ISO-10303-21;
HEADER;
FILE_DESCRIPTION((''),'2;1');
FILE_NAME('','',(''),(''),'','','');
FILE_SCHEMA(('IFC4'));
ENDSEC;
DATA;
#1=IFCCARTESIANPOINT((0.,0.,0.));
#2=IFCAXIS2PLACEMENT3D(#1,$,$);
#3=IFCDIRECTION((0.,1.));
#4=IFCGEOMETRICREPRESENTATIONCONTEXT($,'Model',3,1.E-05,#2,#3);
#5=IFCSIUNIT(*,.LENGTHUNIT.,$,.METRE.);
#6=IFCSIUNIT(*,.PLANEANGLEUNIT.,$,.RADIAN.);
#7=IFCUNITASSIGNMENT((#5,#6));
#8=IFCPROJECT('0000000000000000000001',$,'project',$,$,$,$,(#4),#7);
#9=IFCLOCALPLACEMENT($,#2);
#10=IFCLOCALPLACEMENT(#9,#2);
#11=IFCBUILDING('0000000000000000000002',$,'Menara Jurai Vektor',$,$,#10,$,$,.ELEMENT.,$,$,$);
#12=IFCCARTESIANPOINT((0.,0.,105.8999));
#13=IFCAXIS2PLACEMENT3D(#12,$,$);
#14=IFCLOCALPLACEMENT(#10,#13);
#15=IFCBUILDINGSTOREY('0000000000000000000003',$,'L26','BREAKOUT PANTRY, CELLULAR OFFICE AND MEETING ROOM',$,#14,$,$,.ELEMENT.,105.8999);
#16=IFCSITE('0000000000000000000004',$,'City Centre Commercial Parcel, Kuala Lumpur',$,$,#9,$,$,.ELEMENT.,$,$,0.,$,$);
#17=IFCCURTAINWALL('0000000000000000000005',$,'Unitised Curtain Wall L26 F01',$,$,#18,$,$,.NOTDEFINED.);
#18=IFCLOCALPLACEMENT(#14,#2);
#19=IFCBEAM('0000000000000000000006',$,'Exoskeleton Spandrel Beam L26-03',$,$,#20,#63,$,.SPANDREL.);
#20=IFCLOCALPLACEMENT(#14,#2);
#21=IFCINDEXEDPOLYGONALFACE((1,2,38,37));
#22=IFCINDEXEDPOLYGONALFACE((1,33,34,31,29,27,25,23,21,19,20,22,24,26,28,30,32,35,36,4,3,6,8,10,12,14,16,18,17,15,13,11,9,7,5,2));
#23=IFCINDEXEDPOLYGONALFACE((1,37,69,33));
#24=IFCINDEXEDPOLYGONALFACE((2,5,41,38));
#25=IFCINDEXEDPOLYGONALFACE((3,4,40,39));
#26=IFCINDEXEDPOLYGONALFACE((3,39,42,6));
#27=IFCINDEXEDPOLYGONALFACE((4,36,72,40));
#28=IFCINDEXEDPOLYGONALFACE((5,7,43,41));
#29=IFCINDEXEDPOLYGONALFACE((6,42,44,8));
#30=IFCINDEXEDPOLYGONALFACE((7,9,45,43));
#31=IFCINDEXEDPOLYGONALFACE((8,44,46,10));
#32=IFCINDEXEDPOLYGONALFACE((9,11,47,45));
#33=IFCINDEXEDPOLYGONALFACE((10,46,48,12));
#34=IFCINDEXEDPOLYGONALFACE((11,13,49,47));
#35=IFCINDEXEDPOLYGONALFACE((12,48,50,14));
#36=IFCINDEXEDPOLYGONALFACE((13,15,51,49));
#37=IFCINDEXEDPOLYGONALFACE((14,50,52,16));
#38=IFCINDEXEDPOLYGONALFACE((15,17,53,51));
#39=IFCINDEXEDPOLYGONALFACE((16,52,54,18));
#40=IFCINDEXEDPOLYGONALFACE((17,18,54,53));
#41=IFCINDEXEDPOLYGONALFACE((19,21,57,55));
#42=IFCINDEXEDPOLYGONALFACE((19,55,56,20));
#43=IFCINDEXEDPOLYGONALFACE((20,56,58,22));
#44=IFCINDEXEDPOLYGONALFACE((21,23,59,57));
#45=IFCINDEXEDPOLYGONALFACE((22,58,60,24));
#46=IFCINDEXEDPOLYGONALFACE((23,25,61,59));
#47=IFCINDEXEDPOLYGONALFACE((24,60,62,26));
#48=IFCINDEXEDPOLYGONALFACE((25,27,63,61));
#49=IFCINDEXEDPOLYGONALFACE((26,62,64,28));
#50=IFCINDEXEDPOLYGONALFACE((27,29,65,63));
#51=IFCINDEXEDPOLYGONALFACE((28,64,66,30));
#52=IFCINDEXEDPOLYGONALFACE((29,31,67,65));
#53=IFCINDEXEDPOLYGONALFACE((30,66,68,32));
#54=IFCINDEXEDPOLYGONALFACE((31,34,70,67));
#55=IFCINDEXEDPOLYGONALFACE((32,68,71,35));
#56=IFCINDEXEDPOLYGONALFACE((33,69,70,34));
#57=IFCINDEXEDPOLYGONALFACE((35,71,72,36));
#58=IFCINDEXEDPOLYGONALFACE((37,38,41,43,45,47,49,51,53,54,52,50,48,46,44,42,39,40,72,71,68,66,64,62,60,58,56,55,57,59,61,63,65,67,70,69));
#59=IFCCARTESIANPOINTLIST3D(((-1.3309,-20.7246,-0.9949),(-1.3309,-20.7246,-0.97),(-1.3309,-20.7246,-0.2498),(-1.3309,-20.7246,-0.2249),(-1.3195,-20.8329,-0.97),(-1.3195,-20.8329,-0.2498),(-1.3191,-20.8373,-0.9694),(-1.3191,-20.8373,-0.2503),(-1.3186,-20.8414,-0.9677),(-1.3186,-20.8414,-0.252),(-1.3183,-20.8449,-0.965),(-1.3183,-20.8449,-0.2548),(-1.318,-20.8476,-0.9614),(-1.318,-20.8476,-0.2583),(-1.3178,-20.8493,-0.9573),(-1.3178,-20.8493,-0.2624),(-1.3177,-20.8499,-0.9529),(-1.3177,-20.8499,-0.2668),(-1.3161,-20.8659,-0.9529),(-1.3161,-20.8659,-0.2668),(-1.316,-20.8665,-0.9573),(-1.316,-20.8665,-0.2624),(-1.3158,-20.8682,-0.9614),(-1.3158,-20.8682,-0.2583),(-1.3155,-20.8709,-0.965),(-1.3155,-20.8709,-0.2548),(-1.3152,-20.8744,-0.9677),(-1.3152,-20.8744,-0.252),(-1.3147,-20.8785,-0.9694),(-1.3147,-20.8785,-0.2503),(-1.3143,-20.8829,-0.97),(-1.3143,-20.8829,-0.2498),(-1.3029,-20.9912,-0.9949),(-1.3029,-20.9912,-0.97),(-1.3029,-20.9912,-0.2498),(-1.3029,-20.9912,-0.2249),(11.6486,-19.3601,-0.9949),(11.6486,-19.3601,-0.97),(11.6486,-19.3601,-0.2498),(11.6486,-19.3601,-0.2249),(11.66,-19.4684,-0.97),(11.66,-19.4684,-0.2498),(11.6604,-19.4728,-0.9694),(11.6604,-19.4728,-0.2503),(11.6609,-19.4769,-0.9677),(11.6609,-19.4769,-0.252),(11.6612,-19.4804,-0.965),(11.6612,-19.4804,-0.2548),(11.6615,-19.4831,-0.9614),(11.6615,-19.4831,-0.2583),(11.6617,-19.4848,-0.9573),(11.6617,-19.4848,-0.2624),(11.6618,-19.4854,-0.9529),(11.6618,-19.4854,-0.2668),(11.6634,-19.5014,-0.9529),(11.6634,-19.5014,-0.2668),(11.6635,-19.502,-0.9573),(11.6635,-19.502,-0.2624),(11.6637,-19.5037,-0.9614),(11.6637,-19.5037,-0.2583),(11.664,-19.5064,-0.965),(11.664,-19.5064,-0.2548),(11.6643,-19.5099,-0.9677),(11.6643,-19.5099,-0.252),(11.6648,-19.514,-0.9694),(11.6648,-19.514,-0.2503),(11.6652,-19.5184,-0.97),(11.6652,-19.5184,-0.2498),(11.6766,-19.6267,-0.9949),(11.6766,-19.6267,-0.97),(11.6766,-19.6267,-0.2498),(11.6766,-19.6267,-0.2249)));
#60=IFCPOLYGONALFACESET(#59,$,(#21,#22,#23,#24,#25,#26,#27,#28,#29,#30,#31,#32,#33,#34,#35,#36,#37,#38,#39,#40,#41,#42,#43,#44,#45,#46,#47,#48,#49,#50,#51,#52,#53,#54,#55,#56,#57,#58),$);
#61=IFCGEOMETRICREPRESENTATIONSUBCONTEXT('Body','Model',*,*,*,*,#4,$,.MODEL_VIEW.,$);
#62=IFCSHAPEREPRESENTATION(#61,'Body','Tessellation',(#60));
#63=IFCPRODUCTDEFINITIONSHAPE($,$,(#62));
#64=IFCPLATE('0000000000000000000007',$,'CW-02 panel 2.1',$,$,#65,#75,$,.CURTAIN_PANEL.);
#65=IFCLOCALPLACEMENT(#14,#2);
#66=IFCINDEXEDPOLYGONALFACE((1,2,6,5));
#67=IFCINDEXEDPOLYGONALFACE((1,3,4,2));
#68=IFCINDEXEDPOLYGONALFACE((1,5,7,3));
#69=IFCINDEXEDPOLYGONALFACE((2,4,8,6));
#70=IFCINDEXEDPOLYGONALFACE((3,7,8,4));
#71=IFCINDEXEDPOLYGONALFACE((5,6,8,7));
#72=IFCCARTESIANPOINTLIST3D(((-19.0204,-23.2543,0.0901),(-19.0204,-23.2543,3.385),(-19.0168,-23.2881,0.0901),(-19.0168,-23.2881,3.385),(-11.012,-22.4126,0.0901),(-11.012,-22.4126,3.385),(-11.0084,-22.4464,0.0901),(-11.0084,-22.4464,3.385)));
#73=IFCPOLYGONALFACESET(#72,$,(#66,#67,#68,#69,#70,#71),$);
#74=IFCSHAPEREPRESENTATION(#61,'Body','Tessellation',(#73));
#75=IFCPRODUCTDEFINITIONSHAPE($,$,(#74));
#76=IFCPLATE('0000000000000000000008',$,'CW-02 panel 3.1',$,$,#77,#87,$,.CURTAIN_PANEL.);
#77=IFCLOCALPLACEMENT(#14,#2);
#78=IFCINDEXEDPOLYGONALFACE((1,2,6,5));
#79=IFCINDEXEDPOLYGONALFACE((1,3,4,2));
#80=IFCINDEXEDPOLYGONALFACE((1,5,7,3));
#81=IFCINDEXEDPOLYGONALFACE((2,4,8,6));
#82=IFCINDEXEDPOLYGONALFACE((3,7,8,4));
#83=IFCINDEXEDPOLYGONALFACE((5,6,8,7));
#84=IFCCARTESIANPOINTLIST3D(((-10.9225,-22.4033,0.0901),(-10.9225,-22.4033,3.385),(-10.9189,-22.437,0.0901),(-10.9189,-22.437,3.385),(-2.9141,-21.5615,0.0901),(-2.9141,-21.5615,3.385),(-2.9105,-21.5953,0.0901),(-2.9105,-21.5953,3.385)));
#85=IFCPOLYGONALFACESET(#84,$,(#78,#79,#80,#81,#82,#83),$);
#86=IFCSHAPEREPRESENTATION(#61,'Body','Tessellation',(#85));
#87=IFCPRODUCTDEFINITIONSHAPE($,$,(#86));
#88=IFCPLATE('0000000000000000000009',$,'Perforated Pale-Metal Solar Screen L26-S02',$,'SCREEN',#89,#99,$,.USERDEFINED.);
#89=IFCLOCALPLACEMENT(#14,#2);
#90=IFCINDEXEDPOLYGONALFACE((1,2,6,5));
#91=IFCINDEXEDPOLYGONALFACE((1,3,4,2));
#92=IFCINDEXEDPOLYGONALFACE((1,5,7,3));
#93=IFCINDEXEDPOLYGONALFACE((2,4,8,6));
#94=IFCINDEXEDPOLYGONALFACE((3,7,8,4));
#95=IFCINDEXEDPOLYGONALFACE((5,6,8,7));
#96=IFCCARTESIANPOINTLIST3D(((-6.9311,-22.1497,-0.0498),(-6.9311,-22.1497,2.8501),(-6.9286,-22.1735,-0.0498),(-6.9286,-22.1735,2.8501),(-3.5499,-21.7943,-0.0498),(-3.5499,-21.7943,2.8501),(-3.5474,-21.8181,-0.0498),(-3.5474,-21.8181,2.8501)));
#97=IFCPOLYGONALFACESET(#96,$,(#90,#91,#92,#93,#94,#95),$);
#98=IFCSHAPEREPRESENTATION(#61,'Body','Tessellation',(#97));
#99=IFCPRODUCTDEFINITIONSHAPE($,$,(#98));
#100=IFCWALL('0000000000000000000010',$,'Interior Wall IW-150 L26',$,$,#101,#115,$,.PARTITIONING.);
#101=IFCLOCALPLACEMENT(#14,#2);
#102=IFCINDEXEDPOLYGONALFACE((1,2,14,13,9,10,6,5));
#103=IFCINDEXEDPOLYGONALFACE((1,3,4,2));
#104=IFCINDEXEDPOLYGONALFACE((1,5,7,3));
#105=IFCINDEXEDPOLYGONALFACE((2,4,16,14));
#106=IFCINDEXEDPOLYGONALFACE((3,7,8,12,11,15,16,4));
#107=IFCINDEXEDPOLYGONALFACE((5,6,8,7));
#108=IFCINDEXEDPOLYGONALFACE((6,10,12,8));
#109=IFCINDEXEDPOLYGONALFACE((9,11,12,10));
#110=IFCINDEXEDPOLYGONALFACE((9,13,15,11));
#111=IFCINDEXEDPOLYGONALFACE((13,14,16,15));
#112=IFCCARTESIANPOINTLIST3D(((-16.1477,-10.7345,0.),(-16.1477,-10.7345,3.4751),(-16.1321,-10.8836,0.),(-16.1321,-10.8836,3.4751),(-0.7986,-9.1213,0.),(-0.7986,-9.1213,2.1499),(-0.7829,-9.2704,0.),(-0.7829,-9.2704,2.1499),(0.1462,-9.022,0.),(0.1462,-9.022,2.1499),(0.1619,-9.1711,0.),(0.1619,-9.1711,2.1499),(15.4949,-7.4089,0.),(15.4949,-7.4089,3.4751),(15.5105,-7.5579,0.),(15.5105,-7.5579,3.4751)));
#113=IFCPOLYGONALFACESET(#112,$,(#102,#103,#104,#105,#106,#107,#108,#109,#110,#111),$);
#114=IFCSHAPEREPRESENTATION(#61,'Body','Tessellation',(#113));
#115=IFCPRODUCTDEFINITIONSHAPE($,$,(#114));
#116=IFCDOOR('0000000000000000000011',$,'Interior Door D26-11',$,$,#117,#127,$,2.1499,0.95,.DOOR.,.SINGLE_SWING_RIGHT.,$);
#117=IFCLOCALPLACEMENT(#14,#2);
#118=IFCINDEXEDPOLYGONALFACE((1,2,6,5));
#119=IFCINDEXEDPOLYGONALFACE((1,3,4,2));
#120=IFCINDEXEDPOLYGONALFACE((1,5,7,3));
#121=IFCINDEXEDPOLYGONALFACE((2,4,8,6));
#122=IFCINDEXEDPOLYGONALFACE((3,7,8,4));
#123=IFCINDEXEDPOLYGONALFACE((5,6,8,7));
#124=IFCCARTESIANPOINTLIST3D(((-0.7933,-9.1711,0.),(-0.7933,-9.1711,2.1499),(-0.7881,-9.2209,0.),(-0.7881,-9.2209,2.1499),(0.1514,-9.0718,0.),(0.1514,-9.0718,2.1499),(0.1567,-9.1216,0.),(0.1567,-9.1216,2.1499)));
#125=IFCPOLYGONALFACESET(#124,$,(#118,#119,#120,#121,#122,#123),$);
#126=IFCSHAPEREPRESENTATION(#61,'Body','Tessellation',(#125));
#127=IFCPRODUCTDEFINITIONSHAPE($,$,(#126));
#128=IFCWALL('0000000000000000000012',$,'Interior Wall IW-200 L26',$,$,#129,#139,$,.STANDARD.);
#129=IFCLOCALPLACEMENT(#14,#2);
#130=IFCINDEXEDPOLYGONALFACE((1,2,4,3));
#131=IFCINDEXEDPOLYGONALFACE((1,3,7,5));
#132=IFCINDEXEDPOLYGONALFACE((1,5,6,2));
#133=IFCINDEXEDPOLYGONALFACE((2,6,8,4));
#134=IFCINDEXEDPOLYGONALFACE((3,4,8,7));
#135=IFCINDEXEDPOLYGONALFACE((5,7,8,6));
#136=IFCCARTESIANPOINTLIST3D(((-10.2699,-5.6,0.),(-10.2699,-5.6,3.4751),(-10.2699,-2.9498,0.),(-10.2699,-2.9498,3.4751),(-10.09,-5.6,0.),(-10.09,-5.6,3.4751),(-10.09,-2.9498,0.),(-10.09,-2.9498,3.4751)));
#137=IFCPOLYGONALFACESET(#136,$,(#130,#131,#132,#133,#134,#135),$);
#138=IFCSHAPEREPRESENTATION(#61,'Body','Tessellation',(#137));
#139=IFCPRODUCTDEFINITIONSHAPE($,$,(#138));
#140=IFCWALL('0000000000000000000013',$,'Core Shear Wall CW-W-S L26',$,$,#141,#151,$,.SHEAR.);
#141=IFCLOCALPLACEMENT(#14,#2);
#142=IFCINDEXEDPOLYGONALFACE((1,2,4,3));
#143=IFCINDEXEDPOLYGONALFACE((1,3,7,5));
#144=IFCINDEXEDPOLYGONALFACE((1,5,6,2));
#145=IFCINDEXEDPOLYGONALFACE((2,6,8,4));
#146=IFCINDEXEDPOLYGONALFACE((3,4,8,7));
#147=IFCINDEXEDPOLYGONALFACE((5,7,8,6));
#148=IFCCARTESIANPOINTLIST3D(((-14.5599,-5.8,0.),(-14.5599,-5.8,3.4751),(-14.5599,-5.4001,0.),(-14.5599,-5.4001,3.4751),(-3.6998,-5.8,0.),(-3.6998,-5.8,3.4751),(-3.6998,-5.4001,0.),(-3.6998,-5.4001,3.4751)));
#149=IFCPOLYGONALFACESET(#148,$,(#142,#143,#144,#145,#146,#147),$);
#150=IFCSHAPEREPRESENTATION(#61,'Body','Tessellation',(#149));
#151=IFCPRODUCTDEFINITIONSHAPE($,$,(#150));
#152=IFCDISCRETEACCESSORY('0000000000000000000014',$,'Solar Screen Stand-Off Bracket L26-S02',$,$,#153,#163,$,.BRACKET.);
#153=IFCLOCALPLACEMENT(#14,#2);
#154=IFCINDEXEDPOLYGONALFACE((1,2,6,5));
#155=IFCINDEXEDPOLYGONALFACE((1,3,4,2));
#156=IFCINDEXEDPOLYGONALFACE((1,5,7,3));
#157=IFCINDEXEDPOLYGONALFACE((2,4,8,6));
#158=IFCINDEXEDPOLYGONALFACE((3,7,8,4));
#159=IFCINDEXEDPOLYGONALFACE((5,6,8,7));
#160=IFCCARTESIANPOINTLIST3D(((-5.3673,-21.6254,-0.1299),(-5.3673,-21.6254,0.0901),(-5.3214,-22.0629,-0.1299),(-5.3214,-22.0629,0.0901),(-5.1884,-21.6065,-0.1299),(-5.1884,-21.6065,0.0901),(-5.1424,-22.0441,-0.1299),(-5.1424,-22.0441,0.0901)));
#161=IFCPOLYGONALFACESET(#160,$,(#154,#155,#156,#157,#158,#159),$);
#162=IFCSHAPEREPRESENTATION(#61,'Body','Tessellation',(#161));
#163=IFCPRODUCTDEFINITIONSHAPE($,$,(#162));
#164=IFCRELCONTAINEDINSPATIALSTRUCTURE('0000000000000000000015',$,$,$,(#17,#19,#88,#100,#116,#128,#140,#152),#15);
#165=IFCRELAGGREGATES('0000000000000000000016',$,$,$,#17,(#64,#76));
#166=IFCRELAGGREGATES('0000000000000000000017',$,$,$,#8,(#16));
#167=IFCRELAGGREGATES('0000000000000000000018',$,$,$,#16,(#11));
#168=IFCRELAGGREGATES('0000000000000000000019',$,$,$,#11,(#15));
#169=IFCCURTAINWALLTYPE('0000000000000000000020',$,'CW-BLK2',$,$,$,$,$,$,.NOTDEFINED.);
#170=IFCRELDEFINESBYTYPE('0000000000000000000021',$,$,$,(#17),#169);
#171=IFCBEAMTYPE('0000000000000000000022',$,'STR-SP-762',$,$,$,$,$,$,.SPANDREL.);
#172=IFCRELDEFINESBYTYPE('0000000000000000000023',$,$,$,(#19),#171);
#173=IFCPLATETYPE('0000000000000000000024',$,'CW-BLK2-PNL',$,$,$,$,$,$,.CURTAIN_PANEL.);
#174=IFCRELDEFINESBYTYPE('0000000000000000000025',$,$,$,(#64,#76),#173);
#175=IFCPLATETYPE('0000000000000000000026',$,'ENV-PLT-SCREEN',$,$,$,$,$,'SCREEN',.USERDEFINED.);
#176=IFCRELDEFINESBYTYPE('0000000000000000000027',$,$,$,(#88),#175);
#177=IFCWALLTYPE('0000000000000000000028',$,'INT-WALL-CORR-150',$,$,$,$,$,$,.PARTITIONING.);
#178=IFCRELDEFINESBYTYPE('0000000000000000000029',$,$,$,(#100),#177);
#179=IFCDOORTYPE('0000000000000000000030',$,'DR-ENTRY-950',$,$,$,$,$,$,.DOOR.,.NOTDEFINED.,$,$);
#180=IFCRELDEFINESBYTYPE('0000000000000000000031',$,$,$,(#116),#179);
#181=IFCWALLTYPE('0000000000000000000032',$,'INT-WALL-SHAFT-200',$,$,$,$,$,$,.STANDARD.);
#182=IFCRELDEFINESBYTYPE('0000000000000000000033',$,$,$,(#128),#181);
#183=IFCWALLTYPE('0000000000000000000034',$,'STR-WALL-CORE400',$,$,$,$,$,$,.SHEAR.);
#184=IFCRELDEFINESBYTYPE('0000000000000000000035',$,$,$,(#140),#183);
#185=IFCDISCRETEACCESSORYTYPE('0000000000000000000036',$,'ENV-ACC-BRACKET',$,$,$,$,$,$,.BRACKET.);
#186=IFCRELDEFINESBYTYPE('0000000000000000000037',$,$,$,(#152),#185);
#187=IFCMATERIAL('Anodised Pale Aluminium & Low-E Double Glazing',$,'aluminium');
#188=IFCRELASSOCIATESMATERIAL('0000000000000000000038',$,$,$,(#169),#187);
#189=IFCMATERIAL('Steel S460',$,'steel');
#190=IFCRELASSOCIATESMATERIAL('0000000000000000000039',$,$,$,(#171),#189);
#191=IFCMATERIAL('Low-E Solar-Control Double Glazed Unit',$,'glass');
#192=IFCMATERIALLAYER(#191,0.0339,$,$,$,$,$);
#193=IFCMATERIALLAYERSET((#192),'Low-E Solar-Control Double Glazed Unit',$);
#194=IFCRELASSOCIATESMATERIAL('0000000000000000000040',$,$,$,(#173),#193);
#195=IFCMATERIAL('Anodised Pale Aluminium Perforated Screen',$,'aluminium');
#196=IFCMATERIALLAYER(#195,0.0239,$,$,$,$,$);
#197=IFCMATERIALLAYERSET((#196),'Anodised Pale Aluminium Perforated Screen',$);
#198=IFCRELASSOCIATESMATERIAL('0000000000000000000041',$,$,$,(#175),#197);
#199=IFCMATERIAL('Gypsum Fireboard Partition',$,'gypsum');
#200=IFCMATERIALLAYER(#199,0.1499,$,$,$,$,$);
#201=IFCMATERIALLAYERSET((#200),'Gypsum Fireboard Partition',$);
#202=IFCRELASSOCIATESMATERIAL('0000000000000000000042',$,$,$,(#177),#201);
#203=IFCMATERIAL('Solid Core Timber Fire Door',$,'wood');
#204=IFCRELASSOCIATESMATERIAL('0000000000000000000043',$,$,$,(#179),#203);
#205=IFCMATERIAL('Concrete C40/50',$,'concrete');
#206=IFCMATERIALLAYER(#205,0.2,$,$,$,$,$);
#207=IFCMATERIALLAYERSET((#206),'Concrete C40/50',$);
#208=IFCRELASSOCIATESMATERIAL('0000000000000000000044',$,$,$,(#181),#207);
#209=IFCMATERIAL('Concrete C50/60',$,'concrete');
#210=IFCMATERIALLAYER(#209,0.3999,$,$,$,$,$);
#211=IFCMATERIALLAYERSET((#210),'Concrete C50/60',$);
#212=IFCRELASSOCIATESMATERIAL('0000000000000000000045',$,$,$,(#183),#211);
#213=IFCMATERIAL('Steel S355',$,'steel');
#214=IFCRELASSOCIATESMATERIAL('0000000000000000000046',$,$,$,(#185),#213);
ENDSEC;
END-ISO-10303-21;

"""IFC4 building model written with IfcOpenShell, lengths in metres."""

from ifc_helpers import new_model, si_unit, direction, frame, frame_2d, origin, origin_2d, place, context, subcontext, project, spatial, rectangle, i_section, extrude, material, layer, layer_set, material_profile, profile_set, type_object, element, fill, aggregate, save


model = new_model("IFC4")

# Units and contexts
model_context = context("Model", 3, precision=1e-05, world=origin(), true_north=direction((0.0, 1.0)))
body_context = subcontext(model_context, "Body", "Model", "MODEL_VIEW")
ifc_project = project(units=[si_unit("LENGTHUNIT", "METRE"), si_unit("PLANEANGLEUNIT", "RADIAN")], contexts=[model_context])

# Site, building, storey
site_placement = place(None, origin())
site = spatial("IfcSite", under=ifc_project, at=site_placement, Name="City Centre Commercial Parcel, Kuala Lumpur", CompositionType="ELEMENT", RefElevation=0.0)
building_placement = place(site_placement, origin())
building = spatial("IfcBuilding", under=site, at=building_placement, Name="Menara Jurai Vektor", CompositionType="ELEMENT")
storey_placement = place(building_placement, frame((0.0, 0.0, 105.8999)))
storey = spatial("IfcBuildingStorey", under=building, at=storey_placement, Name="L26", Description="BREAKOUT PANTRY, CELLULAR OFFICE AND MEETING ROOM", CompositionType="ELEMENT", Elevation=105.8999)

# Shared definitions
ifc_material_1 = material(Name="Concrete C50/60", Category="concrete")
ifc_material_2 = material(Name="Steel S460", Category="steel")

# Curtain wall
ifc_material_3 = material(Name="Anodised Pale Aluminium & Low-E Double Glazing", Category="aluminium")
curtain_wall_type = type_object("IfcCurtainWallType", Name="CW-BLK2", PredefinedType="NOTDEFINED", material=ifc_material_3)
curtain_wall_placement = place(storey_placement, origin())
curtain_wall = element("IfcCurtainWall", 1, at=curtain_wall_placement, inside=storey, type_object=curtain_wall_type, Name="Unitised Curtain Wall L26 F01", PredefinedType="NOTDEFINED")

# Beam
ifc_material_4 = material(Name="Steel S355", Category="steel")
ifc_material_profile_1 = material_profile(ifc_material_2, i_section(OverallWidth=0.2681, OverallDepth=0.77, WebThickness=0.0161, FlangeThickness=0.0249, FilletRadius=0.0171, at=origin_2d()), Name="UKB 762x267x197")
ifc_profile_set_1 = profile_set([ifc_material_profile_1], Name="Steel S460")
beam_type_1 = type_object("IfcBeamType", Name="STR-SP-762", PredefinedType="SPANDREL", material=ifc_profile_set_1)
beam_1_placement = place(storey_placement, frame((-1.3169, -20.8579, -0.6099), z_axis=(0.994519, 0.104551, 0.0), x_axis=(-0.104551, 0.994519, 0.0)))
element("IfcBeam", 2, at=beam_1_placement, inside=storey, type_object=beam_type_1, Name="Exoskeleton Spandrel Beam L26-03", PredefinedType="SPANDREL", context=body_context, shape_type="SweptSolid", body=[
    extrude(i_section(OverallWidth=0.2681, OverallDepth=0.77, WebThickness=0.0161, FlangeThickness=0.0249, FilletRadius=0.0171, at=origin_2d()), origin(), (0.0, 0.0, 1.0), 13.051),
])

# Plates
ifc_material_5 = material(Name="Low-E Solar-Control Double Glazed Unit", Category="glass")
ifc_layer_1 = layer(ifc_material_5, 0.0339)
ifc_layer_set_1 = layer_set([ifc_layer_1], Name="Low-E Solar-Control Double Glazed Unit")
plate_type_1 = type_object("IfcPlateType", Name="CW-BLK2-PNL", PredefinedType="CURTAIN_PANEL", material=ifc_layer_set_1)
plate_1_placement = place(storey_placement, frame((-15.0144, -22.8503, 0.0901), z_axis=(0.0, 0.0, 1.0), x_axis=(0.994522, 0.104529, 0.0)))
plate_1 = element("IfcPlate", 3, at=plate_1_placement, type_object=plate_type_1, Name="CW-02 panel 2.1", PredefinedType="CURTAIN_PANEL", context=body_context, shape_type="SweptSolid", body=[
    extrude(rectangle(XDim=8.0525, YDim=0.0339, at=origin_2d()), origin(), (0.0, 0.0, 1.0), 3.2949),
])
plate_2_placement = place(storey_placement, frame((-6.9165, -21.9993, 0.0901), z_axis=(0.0, 0.0, 1.0), x_axis=(0.994522, 0.104529, 0.0)))
plate_2 = element("IfcPlate", 4, at=plate_2_placement, type_object=plate_type_1, Name="CW-02 panel 3.1", PredefinedType="CURTAIN_PANEL", context=body_context, shape_type="SweptSolid", body=[
    extrude(rectangle(XDim=8.0525, YDim=0.0339, at=origin_2d()), origin(), (0.0, 0.0, 1.0), 3.2949),
])
aggregate(curtain_wall, [plate_1, plate_2])
ifc_material_6 = material(Name="Anodised Pale Aluminium Perforated Screen", Category="aluminium")
ifc_layer_2 = layer(ifc_material_6, 0.0239)
ifc_layer_set_2 = layer_set([ifc_layer_2], Name="Anodised Pale Aluminium Perforated Screen")
plate_type_2 = type_object("IfcPlateType", Name="ENV-PLT-SCREEN", ElementType="SCREEN", PredefinedType="USERDEFINED", material=ifc_layer_set_2)
plate_3_placement = place(storey_placement, frame((-5.2393, -21.9839, -0.0498), z_axis=(0.0, 0.0, 1.0), x_axis=(0.994522, 0.104528, 0.0)))
element("IfcPlate", 5, at=plate_3_placement, inside=storey, type_object=plate_type_2, Name="Perforated Pale-Metal Solar Screen L26-S02", ObjectType="SCREEN", PredefinedType="USERDEFINED", context=body_context, shape_type="SweptSolid", body=[
    extrude(rectangle(XDim=3.3999, YDim=0.0239, at=origin_2d()), origin(), (0.0, 0.0, 1.0), 2.8999),
])

# Wall, opening, door
ifc_material_7 = material(Name="Gypsum Fireboard Partition", Category="gypsum")
ifc_layer_3 = layer(ifc_material_7, 0.1499)
ifc_layer_set_3 = layer_set([ifc_layer_3], Name="Gypsum Fireboard Partition")
wall_type_1 = type_object("IfcWallType", Name="INT-WALL-CORR-150", PredefinedType="PARTITIONING", material=ifc_layer_set_3)
wall_1_placement = place(storey_placement, frame((-16.1399, -10.8091, 0.0), z_axis=(0.0, 0.0, 1.0), x_axis=(0.994522, 0.104526, 0.0)))
wall_1 = element("IfcWall", 6, at=wall_1_placement, inside=storey, type_object=wall_type_1, Name="Interior Wall IW-150 L26", PredefinedType="PARTITIONING", context=body_context, shape_type="SweptSolid", body=[
    extrude(rectangle(XDim=31.8169, YDim=0.1499, at=frame_2d((15.9084, 0.0))), origin(), (0.0, 0.0, 1.0), 3.4751),
])
opening_placement = place(wall_1_placement, frame((15.4336, 0.0, 0.0)))
opening = element("IfcOpeningElement", 7, at=opening_placement, cuts=wall_1, PredefinedType="OPENING", context=body_context, shape_type="SweptSolid", body=[
    extrude(rectangle(XDim=0.95, YDim=2.1499, at=frame_2d((0.4751, 1.075))), frame((0.0, 0.085, 0.0), z_axis=(0.0, -1.0, 0.0), x_axis=(1.0, 0.0, 0.0)), (0.0, 0.0, 1.0), 0.1699),
])
ifc_material_8 = material(Name="Solid Core Timber Fire Door", Category="wood")
door_type = type_object("IfcDoorType", Name="DR-ENTRY-950", OperationType="NOTDEFINED", PredefinedType="DOOR", material=ifc_material_8)
door_placement = place(opening_placement, origin())
door = element("IfcDoor", 8, at=door_placement, inside=storey, type_object=door_type, Name="Interior Door D26-11", OperationType="SINGLE_SWING_RIGHT", OverallHeight=2.1499, OverallWidth=0.95, PredefinedType="DOOR", context=body_context, shape_type="SweptSolid", body=[
    extrude(rectangle(XDim=0.95, YDim=2.1499, at=frame_2d((0.4751, 1.075))), frame((0.0, 0.0249, 0.0), z_axis=(0.0, -1.0, 0.0), x_axis=(1.0, 0.0, 0.0)), (0.0, 0.0, 1.0), 0.05),
])
fill(opening, door)

# Walls
ifc_material_9 = material(Name="Concrete C40/50", Category="concrete")
ifc_layer_4 = layer(ifc_material_9, 0.2)
ifc_layer_set_4 = layer_set([ifc_layer_4], Name="Concrete C40/50")
wall_type_2 = type_object("IfcWallType", Name="INT-WALL-SHAFT-200", PredefinedType="STANDARD", material=ifc_layer_set_4)
wall_2_placement = place(storey_placement, frame((-10.1799, -5.6001, 0.0), z_axis=(0.0, 0.0, 1.0), x_axis=(0.0, 1.0, 0.0)))
element("IfcWall", 9, at=wall_2_placement, inside=storey, type_object=wall_type_2, Name="Interior Wall IW-200 L26", PredefinedType="STANDARD", context=body_context, shape_type="SweptSolid", body=[
    extrude(rectangle(XDim=2.6501, YDim=0.1799, at=frame_2d((1.3252, 0.0))), origin(), (0.0, 0.0, 1.0), 3.4751),
])
ifc_layer_5 = layer(ifc_material_1, 0.3999)
ifc_layer_set_5 = layer_set([ifc_layer_5], Name="Concrete C50/60")
wall_type_3 = type_object("IfcWallType", Name="STR-WALL-CORE400", PredefinedType="SHEAR", material=ifc_layer_set_5)
wall_3_placement = place(storey_placement, frame((-14.5601, -5.6001, 0.0), z_axis=(0.0, 0.0, 1.0), x_axis=(1.0, 0.0, 0.0)))
element("IfcWall", 10, at=wall_3_placement, inside=storey, type_object=wall_type_3, Name="Core Shear Wall CW-W-S L26", PredefinedType="SHEAR", context=body_context, shape_type="SweptSolid", body=[
    extrude(rectangle(XDim=10.8601, YDim=0.3999, at=frame_2d((5.4302, 0.0))), origin(), (0.0, 0.0, 1.0), 3.4751),
])

# Discrete accessory
discrete_accessory_type = type_object("IfcDiscreteAccessoryType", Name="ENV-ACC-BRACKET", PredefinedType="BRACKET", material=ifc_material_4)
discrete_accessory_placement = place(storey_placement, frame((-5.2549, -21.8347, -0.1299), z_axis=(0.0, 0.0, 1.0), x_axis=(0.994522, 0.104528, 0.0)))
element("IfcDiscreteAccessory", 11, at=discrete_accessory_placement, inside=storey, type_object=discrete_accessory_type, Name="Solar Screen Stand-Off Bracket L26-S02", PredefinedType="BRACKET", context=body_context, shape_type="SweptSolid", body=[
    extrude(rectangle(XDim=0.1799, YDim=0.4399, at=origin_2d()), origin(), (0.0, 0.0, 1.0), 0.22),
])

save(model, "model.ifc")
